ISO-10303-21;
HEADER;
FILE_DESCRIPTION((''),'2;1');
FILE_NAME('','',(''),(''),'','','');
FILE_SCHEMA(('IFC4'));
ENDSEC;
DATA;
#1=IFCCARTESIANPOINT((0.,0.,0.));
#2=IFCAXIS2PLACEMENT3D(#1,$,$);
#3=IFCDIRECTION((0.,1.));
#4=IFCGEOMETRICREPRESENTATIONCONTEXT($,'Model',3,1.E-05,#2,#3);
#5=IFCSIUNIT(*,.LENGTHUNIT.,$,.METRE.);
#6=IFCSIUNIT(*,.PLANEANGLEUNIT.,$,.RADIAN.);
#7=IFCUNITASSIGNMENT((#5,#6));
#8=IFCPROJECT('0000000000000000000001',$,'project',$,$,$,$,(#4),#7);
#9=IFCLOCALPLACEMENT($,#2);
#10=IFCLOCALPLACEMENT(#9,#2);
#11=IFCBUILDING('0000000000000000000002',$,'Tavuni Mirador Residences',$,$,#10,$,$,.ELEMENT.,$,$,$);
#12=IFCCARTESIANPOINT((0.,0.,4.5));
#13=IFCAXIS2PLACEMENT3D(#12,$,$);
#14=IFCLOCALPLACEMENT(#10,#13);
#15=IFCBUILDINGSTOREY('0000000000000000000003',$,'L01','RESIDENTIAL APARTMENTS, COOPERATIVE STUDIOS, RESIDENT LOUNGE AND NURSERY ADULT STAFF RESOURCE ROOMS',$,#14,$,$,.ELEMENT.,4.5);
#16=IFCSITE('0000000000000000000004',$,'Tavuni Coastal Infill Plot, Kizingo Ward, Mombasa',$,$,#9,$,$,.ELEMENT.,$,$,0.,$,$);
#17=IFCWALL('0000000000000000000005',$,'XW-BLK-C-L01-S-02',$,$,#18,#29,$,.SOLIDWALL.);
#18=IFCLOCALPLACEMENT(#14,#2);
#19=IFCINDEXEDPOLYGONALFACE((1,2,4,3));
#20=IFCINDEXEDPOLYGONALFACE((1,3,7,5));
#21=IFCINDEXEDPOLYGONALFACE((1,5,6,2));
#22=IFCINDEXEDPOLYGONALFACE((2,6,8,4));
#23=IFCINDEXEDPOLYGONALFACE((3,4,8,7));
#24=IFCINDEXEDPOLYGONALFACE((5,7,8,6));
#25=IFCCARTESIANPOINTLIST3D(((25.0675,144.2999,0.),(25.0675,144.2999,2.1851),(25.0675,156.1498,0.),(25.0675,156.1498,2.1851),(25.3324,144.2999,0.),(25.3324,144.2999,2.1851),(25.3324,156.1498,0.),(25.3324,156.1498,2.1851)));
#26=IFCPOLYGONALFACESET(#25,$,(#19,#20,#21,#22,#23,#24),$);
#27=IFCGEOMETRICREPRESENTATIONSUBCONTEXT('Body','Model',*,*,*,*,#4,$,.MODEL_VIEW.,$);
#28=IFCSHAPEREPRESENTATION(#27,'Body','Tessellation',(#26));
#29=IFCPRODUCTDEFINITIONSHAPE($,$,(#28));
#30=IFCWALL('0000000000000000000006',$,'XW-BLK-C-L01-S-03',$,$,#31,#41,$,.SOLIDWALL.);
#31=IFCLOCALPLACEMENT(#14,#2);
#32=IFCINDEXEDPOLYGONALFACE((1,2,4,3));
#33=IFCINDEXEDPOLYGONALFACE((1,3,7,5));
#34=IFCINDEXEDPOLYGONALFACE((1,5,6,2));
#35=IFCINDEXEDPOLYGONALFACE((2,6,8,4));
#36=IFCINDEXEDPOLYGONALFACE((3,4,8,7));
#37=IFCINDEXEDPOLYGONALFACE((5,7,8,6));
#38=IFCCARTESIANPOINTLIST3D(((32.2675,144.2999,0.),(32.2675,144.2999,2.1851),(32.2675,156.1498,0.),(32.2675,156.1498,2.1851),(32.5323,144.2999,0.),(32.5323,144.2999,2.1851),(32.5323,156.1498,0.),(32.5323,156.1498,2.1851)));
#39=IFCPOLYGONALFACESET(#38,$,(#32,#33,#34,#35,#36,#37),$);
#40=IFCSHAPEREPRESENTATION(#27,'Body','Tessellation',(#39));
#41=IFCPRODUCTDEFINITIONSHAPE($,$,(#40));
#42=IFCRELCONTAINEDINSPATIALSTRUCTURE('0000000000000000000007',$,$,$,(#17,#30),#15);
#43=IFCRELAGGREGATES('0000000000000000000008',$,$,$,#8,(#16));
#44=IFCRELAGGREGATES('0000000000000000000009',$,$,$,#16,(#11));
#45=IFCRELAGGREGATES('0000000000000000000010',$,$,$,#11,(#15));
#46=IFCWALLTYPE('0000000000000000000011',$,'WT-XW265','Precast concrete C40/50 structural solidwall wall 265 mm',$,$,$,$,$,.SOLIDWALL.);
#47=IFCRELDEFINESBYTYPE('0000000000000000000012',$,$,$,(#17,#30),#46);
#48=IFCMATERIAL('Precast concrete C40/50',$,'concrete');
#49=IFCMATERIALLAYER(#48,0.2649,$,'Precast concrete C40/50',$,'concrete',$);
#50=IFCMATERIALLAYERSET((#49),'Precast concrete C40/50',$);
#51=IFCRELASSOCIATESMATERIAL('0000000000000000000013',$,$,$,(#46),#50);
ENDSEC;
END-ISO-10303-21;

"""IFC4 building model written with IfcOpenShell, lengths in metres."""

from ifc_helpers import new_model, si_unit, direction, frame, frame_2d, origin, place, context, subcontext, project, spatial, rectangle, extrude, material, layer, layer_set, type_object, element, save


model = new_model("IFC4")

# Units and contexts
model_context = context("Model", 3, precision=1e-05, world=origin(), true_north=direction((0.0, 1.0)))
body_context = subcontext(model_context, "Body", "Model", "MODEL_VIEW")
ifc_project = project(units=[si_unit("LENGTHUNIT", "METRE"), si_unit("PLANEANGLEUNIT", "RADIAN")], contexts=[model_context])

# Site, building, storey
site_placement = place(None, origin())
site = spatial("IfcSite", under=ifc_project, at=site_placement, Name="Tavuni Coastal Infill Plot, Kizingo Ward, Mombasa", CompositionType="ELEMENT", RefElevation=0.0)
building_placement = place(site_placement, origin())
building = spatial("IfcBuilding", under=site, at=building_placement, Name="Tavuni Mirador Residences", CompositionType="ELEMENT")
storey_placement = place(building_placement, frame((0.0, 0.0, 4.5)))
storey = spatial("IfcBuildingStorey", under=building, at=storey_placement, Name="L01", Description="RESIDENTIAL APARTMENTS, COOPERATIVE STUDIOS, RESIDENT LOUNGE AND NURSERY ADULT STAFF RESOURCE ROOMS", CompositionType="ELEMENT", Elevation=4.5)

# Shared definitions
ifc_material_1 = material(Name="Precast concrete C40/50", Category="concrete")

# Walls
ifc_layer_1 = layer(ifc_material_1, 0.2649, Name="Precast concrete C40/50", Category="concrete")
ifc_layer_set_1 = layer_set([ifc_layer_1], Name="Precast concrete C40/50")
wall_type_1 = type_object("IfcWallType", Name="WT-XW265", Description="Precast concrete C40/50 structural solidwall wall 265 mm", PredefinedType="SOLIDWALL", material=ifc_layer_set_1)
for number, where, z_axis, x_axis, name in (
    (1, (25.2, 144.3, 0.0), (0.0, 0.0, 1.0), (0.0, 1.0, 0.0), "XW-BLK-C-L01-S-02"),
    (2, (32.3999, 144.3, 0.0), (0.0, 0.0, 1.0), (0.0, 1.0, 0.0), "XW-BLK-C-L01-S-03"),
):
    element("IfcWall", number, at=place(storey_placement, frame(where, z_axis=z_axis, x_axis=x_axis)), inside=storey, type_object=wall_type_1, Name=name, PredefinedType="SOLIDWALL", context=body_context, shape_type="SweptSolid", body=[
        extrude(rectangle(XDim=11.8499, YDim=0.2649, at=frame_2d((5.9248, 0.0))), origin(), (0.0, 0.0, 1.0), 2.1851),
    ])

save(model, "model.ifc")
